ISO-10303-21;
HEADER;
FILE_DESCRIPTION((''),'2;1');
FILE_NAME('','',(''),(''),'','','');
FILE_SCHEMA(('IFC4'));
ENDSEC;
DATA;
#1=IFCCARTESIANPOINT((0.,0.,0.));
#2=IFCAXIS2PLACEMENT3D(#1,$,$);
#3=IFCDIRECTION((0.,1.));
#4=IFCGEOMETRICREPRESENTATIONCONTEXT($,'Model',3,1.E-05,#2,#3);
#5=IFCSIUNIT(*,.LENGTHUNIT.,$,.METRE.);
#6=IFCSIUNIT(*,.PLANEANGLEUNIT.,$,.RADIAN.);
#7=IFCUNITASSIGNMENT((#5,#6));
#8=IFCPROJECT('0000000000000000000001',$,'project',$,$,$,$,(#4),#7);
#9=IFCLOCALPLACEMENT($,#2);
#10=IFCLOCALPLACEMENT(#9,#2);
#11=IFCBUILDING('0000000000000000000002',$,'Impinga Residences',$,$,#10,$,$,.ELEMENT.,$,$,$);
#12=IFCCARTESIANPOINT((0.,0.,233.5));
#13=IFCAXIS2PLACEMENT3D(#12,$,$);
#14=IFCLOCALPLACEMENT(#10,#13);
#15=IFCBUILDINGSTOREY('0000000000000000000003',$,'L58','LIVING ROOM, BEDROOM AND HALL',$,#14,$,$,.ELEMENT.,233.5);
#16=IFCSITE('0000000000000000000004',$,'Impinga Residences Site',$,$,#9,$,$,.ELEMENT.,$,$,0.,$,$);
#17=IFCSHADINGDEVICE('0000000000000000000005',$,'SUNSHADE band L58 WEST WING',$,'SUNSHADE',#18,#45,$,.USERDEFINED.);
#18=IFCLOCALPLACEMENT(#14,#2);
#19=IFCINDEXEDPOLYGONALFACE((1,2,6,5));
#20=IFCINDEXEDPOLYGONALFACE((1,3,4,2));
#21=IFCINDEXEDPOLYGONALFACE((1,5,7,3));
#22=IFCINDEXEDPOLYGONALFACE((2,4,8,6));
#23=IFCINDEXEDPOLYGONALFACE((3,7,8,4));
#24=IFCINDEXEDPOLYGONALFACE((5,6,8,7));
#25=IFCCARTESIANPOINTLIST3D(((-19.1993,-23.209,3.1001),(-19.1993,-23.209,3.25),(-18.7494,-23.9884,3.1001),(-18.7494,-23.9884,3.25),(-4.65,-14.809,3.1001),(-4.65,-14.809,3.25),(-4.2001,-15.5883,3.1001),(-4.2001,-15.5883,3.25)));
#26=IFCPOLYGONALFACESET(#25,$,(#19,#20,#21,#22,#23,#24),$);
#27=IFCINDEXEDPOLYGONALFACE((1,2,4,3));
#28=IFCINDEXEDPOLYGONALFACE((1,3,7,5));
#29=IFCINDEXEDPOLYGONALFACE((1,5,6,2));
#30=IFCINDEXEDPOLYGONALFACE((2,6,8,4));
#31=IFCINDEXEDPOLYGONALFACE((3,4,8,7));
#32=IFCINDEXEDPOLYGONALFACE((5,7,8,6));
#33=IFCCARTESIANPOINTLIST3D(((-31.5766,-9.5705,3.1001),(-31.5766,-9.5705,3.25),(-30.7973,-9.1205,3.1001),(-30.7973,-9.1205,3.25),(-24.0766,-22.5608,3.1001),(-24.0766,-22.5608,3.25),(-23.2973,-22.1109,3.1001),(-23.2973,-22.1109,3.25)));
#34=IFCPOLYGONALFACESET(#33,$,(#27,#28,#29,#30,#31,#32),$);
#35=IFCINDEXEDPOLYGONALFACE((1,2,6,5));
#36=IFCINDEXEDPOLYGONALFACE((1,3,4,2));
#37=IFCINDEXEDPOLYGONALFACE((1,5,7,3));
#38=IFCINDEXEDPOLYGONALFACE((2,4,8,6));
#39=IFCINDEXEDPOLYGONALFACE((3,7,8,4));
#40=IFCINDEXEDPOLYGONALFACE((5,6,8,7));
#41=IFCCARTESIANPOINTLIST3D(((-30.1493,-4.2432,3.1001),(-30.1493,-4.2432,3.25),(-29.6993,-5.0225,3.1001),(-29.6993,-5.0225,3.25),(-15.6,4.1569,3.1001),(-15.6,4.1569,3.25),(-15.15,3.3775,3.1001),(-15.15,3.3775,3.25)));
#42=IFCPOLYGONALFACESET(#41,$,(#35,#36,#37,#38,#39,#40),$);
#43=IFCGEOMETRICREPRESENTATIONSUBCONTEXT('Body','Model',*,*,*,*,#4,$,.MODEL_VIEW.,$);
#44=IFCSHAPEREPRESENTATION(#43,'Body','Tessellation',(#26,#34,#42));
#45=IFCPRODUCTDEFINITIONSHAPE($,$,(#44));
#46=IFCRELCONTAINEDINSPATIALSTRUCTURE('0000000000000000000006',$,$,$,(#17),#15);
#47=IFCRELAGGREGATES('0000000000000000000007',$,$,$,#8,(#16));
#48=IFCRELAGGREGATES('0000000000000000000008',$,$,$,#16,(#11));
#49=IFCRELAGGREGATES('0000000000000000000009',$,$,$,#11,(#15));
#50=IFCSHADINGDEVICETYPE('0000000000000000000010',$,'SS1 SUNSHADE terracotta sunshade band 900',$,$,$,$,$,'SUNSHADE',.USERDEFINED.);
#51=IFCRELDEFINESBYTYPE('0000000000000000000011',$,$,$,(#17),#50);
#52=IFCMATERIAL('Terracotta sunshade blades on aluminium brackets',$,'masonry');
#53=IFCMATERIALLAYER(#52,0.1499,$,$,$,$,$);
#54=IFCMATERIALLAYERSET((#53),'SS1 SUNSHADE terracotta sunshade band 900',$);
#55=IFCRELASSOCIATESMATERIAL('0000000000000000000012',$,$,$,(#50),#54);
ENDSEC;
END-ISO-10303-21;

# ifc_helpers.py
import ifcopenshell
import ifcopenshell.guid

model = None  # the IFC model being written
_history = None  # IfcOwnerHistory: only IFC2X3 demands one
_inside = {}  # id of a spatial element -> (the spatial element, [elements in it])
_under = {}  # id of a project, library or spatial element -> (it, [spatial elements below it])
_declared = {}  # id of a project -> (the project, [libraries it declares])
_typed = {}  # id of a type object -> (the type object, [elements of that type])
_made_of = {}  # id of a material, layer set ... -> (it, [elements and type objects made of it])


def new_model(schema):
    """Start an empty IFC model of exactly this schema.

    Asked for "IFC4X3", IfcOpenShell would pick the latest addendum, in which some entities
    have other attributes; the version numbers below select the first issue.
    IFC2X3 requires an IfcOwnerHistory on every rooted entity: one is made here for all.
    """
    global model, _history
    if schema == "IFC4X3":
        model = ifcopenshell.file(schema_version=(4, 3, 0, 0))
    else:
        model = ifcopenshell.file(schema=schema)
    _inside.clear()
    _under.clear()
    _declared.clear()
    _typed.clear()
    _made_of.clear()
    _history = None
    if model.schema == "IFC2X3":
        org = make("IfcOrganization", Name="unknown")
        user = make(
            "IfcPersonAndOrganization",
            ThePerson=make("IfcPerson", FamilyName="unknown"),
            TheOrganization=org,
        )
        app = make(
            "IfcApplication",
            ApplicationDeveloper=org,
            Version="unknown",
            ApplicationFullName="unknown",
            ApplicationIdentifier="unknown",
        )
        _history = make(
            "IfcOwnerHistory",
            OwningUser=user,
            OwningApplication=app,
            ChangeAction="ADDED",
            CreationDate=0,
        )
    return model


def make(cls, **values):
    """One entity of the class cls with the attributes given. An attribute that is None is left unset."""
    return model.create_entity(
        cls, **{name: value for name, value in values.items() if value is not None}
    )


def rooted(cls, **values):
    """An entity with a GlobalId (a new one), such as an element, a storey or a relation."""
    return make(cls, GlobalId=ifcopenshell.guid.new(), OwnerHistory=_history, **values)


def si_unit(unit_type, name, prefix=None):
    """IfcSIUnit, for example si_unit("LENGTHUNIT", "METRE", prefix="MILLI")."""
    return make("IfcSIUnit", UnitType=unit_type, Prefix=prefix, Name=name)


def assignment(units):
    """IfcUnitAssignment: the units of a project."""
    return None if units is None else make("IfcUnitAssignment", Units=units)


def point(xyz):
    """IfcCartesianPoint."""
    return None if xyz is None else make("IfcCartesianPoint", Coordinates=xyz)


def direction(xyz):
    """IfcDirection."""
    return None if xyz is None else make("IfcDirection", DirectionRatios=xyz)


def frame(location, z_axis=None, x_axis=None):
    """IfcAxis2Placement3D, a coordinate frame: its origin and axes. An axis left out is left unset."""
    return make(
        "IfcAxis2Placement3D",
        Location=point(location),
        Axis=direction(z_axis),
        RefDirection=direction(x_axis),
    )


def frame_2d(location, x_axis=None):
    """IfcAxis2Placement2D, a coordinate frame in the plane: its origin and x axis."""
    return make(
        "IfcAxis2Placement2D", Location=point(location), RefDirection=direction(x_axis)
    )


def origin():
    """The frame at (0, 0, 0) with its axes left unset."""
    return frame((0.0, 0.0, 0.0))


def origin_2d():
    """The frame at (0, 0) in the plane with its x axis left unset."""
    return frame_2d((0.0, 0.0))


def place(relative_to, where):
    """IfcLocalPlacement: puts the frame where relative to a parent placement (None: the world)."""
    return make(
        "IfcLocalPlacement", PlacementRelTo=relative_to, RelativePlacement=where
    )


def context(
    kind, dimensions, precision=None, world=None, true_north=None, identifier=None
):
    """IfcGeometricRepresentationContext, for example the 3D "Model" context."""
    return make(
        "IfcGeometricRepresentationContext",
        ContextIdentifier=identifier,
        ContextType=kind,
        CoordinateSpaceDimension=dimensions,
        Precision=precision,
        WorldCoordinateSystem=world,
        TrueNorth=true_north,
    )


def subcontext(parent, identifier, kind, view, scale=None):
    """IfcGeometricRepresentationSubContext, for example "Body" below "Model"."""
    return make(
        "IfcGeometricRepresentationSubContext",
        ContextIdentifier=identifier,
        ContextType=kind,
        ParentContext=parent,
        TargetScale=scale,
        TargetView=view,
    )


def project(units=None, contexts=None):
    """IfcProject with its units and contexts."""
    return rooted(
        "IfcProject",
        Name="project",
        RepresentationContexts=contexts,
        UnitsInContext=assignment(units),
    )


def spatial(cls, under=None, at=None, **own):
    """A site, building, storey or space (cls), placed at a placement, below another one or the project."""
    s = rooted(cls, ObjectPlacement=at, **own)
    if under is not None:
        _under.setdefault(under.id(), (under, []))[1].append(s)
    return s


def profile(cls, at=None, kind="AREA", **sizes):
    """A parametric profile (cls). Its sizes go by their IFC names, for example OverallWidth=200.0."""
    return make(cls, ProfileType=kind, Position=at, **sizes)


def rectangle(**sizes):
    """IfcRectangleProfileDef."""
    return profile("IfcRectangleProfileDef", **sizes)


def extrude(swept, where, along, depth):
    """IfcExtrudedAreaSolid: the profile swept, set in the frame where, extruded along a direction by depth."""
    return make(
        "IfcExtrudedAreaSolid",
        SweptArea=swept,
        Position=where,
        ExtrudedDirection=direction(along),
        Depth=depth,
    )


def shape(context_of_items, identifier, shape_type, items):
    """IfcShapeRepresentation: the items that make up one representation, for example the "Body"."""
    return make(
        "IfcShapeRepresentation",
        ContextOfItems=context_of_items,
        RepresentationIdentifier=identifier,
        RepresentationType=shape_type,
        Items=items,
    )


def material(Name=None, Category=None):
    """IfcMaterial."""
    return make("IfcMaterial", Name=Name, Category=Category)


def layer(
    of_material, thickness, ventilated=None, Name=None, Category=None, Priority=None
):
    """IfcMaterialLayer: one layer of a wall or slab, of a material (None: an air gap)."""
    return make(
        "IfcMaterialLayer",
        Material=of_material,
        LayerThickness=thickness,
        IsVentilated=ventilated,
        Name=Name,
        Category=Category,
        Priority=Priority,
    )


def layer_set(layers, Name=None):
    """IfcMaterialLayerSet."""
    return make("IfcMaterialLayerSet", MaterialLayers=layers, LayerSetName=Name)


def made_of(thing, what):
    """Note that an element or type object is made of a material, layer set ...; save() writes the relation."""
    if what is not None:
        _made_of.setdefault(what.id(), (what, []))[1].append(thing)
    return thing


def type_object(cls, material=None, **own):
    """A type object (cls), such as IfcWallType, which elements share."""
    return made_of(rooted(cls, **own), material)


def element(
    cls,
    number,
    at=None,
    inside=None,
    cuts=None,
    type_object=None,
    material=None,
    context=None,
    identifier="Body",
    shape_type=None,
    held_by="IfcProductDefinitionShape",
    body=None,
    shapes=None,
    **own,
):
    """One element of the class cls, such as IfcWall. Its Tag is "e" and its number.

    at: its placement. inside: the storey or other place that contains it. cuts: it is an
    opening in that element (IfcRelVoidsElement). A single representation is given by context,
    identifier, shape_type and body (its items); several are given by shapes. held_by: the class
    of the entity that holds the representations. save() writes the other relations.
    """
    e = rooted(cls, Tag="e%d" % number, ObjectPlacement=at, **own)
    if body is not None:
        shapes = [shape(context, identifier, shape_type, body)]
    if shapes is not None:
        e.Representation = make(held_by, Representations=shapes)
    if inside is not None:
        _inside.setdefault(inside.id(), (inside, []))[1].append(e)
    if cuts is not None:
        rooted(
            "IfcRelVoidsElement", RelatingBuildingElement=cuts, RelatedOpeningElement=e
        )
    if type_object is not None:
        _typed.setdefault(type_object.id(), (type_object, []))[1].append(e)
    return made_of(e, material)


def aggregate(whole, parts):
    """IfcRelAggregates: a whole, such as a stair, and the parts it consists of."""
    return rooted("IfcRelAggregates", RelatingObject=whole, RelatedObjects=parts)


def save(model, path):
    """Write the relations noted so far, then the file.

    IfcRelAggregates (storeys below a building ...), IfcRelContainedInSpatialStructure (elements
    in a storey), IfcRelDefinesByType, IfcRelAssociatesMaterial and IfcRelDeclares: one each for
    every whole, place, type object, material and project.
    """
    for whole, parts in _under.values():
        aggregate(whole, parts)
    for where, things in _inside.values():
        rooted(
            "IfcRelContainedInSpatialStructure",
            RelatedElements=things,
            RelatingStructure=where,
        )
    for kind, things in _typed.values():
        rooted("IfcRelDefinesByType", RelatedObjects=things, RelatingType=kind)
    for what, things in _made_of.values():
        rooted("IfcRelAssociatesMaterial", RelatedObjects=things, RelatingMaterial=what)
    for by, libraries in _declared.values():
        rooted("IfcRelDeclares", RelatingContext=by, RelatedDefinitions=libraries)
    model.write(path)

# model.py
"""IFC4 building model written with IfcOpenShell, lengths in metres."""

from ifc_helpers import new_model, si_unit, direction, frame, origin, origin_2d, place, context, subcontext, project, spatial, rectangle, extrude, material, layer, layer_set, type_object, element, save


model = new_model("IFC4")

# Units and contexts
model_context = context("Model", 3, precision=1e-05, world=origin(), true_north=direction((0.0, 1.0)))
body_context = subcontext(model_context, "Body", "Model", "MODEL_VIEW")
ifc_project = project(units=[si_unit("LENGTHUNIT", "METRE"), si_unit("PLANEANGLEUNIT", "RADIAN")], contexts=[model_context])

# Site, building, storey
site_placement = place(None, origin())
site = spatial("IfcSite", under=ifc_project, at=site_placement, Name="Impinga Residences Site", CompositionType="ELEMENT", RefElevation=0.0)
building_placement = place(site_placement, origin())
building = spatial("IfcBuilding", under=site, at=building_placement, Name="Impinga Residences", CompositionType="ELEMENT")
storey_placement = place(building_placement, frame((0.0, 0.0, 233.5)))
storey = spatial("IfcBuildingStorey", under=building, at=storey_placement, Name="L58", Description="LIVING ROOM, BEDROOM AND HALL", CompositionType="ELEMENT", Elevation=233.5)

# Shading device
ifc_material_1 = material(Name="Terracotta sunshade blades on aluminium brackets", Category="masonry")
ifc_layer_1 = layer(ifc_material_1, 0.1499)
ifc_layer_set_1 = layer_set([ifc_layer_1], Name="SS1 SUNSHADE terracotta sunshade band 900")
shading_device_type = type_object("IfcShadingDeviceType", Name="SS1 SUNSHADE terracotta sunshade band 900", ElementType="SUNSHADE", PredefinedType="USERDEFINED", material=ifc_layer_set_1)
shading_device_placement = place(storey_placement, frame((-11.6997, -19.3987, 3.1001), z_axis=(0.0, 0.0, 1.0), x_axis=(-0.866025, -0.5, 0.0)))
element("IfcShadingDevice", 1, at=shading_device_placement, inside=storey, type_object=shading_device_type, Name="SUNSHADE band L58 WEST WING", ObjectType="SUNSHADE", PredefinedType="USERDEFINED", context=body_context, shape_type="SweptSolid", body=[
    extrude(rectangle(XDim=16.8, YDim=0.8999, at=origin_2d()), origin(), (0.0, 0.0, 1.0), 0.1499),
    extrude(rectangle(XDim=15.0, YDim=0.8999, at=origin_2d()), frame((11.8499, -10.95, 0.0), z_axis=(0.0, 0.0, 1.0), x_axis=(0.0, -1.0, 0.0)), (0.0, 0.0, 1.0), 0.1499),
    extrude(rectangle(XDim=16.8, YDim=0.8999, at=origin_2d()), frame((0.0, -21.8999, 0.0), z_axis=(0.0, 0.0, 1.0), x_axis=(-1.0, 0.0, 0.0)), (0.0, 0.0, 1.0), 0.1499),
])

save(model, "model.ifc")
